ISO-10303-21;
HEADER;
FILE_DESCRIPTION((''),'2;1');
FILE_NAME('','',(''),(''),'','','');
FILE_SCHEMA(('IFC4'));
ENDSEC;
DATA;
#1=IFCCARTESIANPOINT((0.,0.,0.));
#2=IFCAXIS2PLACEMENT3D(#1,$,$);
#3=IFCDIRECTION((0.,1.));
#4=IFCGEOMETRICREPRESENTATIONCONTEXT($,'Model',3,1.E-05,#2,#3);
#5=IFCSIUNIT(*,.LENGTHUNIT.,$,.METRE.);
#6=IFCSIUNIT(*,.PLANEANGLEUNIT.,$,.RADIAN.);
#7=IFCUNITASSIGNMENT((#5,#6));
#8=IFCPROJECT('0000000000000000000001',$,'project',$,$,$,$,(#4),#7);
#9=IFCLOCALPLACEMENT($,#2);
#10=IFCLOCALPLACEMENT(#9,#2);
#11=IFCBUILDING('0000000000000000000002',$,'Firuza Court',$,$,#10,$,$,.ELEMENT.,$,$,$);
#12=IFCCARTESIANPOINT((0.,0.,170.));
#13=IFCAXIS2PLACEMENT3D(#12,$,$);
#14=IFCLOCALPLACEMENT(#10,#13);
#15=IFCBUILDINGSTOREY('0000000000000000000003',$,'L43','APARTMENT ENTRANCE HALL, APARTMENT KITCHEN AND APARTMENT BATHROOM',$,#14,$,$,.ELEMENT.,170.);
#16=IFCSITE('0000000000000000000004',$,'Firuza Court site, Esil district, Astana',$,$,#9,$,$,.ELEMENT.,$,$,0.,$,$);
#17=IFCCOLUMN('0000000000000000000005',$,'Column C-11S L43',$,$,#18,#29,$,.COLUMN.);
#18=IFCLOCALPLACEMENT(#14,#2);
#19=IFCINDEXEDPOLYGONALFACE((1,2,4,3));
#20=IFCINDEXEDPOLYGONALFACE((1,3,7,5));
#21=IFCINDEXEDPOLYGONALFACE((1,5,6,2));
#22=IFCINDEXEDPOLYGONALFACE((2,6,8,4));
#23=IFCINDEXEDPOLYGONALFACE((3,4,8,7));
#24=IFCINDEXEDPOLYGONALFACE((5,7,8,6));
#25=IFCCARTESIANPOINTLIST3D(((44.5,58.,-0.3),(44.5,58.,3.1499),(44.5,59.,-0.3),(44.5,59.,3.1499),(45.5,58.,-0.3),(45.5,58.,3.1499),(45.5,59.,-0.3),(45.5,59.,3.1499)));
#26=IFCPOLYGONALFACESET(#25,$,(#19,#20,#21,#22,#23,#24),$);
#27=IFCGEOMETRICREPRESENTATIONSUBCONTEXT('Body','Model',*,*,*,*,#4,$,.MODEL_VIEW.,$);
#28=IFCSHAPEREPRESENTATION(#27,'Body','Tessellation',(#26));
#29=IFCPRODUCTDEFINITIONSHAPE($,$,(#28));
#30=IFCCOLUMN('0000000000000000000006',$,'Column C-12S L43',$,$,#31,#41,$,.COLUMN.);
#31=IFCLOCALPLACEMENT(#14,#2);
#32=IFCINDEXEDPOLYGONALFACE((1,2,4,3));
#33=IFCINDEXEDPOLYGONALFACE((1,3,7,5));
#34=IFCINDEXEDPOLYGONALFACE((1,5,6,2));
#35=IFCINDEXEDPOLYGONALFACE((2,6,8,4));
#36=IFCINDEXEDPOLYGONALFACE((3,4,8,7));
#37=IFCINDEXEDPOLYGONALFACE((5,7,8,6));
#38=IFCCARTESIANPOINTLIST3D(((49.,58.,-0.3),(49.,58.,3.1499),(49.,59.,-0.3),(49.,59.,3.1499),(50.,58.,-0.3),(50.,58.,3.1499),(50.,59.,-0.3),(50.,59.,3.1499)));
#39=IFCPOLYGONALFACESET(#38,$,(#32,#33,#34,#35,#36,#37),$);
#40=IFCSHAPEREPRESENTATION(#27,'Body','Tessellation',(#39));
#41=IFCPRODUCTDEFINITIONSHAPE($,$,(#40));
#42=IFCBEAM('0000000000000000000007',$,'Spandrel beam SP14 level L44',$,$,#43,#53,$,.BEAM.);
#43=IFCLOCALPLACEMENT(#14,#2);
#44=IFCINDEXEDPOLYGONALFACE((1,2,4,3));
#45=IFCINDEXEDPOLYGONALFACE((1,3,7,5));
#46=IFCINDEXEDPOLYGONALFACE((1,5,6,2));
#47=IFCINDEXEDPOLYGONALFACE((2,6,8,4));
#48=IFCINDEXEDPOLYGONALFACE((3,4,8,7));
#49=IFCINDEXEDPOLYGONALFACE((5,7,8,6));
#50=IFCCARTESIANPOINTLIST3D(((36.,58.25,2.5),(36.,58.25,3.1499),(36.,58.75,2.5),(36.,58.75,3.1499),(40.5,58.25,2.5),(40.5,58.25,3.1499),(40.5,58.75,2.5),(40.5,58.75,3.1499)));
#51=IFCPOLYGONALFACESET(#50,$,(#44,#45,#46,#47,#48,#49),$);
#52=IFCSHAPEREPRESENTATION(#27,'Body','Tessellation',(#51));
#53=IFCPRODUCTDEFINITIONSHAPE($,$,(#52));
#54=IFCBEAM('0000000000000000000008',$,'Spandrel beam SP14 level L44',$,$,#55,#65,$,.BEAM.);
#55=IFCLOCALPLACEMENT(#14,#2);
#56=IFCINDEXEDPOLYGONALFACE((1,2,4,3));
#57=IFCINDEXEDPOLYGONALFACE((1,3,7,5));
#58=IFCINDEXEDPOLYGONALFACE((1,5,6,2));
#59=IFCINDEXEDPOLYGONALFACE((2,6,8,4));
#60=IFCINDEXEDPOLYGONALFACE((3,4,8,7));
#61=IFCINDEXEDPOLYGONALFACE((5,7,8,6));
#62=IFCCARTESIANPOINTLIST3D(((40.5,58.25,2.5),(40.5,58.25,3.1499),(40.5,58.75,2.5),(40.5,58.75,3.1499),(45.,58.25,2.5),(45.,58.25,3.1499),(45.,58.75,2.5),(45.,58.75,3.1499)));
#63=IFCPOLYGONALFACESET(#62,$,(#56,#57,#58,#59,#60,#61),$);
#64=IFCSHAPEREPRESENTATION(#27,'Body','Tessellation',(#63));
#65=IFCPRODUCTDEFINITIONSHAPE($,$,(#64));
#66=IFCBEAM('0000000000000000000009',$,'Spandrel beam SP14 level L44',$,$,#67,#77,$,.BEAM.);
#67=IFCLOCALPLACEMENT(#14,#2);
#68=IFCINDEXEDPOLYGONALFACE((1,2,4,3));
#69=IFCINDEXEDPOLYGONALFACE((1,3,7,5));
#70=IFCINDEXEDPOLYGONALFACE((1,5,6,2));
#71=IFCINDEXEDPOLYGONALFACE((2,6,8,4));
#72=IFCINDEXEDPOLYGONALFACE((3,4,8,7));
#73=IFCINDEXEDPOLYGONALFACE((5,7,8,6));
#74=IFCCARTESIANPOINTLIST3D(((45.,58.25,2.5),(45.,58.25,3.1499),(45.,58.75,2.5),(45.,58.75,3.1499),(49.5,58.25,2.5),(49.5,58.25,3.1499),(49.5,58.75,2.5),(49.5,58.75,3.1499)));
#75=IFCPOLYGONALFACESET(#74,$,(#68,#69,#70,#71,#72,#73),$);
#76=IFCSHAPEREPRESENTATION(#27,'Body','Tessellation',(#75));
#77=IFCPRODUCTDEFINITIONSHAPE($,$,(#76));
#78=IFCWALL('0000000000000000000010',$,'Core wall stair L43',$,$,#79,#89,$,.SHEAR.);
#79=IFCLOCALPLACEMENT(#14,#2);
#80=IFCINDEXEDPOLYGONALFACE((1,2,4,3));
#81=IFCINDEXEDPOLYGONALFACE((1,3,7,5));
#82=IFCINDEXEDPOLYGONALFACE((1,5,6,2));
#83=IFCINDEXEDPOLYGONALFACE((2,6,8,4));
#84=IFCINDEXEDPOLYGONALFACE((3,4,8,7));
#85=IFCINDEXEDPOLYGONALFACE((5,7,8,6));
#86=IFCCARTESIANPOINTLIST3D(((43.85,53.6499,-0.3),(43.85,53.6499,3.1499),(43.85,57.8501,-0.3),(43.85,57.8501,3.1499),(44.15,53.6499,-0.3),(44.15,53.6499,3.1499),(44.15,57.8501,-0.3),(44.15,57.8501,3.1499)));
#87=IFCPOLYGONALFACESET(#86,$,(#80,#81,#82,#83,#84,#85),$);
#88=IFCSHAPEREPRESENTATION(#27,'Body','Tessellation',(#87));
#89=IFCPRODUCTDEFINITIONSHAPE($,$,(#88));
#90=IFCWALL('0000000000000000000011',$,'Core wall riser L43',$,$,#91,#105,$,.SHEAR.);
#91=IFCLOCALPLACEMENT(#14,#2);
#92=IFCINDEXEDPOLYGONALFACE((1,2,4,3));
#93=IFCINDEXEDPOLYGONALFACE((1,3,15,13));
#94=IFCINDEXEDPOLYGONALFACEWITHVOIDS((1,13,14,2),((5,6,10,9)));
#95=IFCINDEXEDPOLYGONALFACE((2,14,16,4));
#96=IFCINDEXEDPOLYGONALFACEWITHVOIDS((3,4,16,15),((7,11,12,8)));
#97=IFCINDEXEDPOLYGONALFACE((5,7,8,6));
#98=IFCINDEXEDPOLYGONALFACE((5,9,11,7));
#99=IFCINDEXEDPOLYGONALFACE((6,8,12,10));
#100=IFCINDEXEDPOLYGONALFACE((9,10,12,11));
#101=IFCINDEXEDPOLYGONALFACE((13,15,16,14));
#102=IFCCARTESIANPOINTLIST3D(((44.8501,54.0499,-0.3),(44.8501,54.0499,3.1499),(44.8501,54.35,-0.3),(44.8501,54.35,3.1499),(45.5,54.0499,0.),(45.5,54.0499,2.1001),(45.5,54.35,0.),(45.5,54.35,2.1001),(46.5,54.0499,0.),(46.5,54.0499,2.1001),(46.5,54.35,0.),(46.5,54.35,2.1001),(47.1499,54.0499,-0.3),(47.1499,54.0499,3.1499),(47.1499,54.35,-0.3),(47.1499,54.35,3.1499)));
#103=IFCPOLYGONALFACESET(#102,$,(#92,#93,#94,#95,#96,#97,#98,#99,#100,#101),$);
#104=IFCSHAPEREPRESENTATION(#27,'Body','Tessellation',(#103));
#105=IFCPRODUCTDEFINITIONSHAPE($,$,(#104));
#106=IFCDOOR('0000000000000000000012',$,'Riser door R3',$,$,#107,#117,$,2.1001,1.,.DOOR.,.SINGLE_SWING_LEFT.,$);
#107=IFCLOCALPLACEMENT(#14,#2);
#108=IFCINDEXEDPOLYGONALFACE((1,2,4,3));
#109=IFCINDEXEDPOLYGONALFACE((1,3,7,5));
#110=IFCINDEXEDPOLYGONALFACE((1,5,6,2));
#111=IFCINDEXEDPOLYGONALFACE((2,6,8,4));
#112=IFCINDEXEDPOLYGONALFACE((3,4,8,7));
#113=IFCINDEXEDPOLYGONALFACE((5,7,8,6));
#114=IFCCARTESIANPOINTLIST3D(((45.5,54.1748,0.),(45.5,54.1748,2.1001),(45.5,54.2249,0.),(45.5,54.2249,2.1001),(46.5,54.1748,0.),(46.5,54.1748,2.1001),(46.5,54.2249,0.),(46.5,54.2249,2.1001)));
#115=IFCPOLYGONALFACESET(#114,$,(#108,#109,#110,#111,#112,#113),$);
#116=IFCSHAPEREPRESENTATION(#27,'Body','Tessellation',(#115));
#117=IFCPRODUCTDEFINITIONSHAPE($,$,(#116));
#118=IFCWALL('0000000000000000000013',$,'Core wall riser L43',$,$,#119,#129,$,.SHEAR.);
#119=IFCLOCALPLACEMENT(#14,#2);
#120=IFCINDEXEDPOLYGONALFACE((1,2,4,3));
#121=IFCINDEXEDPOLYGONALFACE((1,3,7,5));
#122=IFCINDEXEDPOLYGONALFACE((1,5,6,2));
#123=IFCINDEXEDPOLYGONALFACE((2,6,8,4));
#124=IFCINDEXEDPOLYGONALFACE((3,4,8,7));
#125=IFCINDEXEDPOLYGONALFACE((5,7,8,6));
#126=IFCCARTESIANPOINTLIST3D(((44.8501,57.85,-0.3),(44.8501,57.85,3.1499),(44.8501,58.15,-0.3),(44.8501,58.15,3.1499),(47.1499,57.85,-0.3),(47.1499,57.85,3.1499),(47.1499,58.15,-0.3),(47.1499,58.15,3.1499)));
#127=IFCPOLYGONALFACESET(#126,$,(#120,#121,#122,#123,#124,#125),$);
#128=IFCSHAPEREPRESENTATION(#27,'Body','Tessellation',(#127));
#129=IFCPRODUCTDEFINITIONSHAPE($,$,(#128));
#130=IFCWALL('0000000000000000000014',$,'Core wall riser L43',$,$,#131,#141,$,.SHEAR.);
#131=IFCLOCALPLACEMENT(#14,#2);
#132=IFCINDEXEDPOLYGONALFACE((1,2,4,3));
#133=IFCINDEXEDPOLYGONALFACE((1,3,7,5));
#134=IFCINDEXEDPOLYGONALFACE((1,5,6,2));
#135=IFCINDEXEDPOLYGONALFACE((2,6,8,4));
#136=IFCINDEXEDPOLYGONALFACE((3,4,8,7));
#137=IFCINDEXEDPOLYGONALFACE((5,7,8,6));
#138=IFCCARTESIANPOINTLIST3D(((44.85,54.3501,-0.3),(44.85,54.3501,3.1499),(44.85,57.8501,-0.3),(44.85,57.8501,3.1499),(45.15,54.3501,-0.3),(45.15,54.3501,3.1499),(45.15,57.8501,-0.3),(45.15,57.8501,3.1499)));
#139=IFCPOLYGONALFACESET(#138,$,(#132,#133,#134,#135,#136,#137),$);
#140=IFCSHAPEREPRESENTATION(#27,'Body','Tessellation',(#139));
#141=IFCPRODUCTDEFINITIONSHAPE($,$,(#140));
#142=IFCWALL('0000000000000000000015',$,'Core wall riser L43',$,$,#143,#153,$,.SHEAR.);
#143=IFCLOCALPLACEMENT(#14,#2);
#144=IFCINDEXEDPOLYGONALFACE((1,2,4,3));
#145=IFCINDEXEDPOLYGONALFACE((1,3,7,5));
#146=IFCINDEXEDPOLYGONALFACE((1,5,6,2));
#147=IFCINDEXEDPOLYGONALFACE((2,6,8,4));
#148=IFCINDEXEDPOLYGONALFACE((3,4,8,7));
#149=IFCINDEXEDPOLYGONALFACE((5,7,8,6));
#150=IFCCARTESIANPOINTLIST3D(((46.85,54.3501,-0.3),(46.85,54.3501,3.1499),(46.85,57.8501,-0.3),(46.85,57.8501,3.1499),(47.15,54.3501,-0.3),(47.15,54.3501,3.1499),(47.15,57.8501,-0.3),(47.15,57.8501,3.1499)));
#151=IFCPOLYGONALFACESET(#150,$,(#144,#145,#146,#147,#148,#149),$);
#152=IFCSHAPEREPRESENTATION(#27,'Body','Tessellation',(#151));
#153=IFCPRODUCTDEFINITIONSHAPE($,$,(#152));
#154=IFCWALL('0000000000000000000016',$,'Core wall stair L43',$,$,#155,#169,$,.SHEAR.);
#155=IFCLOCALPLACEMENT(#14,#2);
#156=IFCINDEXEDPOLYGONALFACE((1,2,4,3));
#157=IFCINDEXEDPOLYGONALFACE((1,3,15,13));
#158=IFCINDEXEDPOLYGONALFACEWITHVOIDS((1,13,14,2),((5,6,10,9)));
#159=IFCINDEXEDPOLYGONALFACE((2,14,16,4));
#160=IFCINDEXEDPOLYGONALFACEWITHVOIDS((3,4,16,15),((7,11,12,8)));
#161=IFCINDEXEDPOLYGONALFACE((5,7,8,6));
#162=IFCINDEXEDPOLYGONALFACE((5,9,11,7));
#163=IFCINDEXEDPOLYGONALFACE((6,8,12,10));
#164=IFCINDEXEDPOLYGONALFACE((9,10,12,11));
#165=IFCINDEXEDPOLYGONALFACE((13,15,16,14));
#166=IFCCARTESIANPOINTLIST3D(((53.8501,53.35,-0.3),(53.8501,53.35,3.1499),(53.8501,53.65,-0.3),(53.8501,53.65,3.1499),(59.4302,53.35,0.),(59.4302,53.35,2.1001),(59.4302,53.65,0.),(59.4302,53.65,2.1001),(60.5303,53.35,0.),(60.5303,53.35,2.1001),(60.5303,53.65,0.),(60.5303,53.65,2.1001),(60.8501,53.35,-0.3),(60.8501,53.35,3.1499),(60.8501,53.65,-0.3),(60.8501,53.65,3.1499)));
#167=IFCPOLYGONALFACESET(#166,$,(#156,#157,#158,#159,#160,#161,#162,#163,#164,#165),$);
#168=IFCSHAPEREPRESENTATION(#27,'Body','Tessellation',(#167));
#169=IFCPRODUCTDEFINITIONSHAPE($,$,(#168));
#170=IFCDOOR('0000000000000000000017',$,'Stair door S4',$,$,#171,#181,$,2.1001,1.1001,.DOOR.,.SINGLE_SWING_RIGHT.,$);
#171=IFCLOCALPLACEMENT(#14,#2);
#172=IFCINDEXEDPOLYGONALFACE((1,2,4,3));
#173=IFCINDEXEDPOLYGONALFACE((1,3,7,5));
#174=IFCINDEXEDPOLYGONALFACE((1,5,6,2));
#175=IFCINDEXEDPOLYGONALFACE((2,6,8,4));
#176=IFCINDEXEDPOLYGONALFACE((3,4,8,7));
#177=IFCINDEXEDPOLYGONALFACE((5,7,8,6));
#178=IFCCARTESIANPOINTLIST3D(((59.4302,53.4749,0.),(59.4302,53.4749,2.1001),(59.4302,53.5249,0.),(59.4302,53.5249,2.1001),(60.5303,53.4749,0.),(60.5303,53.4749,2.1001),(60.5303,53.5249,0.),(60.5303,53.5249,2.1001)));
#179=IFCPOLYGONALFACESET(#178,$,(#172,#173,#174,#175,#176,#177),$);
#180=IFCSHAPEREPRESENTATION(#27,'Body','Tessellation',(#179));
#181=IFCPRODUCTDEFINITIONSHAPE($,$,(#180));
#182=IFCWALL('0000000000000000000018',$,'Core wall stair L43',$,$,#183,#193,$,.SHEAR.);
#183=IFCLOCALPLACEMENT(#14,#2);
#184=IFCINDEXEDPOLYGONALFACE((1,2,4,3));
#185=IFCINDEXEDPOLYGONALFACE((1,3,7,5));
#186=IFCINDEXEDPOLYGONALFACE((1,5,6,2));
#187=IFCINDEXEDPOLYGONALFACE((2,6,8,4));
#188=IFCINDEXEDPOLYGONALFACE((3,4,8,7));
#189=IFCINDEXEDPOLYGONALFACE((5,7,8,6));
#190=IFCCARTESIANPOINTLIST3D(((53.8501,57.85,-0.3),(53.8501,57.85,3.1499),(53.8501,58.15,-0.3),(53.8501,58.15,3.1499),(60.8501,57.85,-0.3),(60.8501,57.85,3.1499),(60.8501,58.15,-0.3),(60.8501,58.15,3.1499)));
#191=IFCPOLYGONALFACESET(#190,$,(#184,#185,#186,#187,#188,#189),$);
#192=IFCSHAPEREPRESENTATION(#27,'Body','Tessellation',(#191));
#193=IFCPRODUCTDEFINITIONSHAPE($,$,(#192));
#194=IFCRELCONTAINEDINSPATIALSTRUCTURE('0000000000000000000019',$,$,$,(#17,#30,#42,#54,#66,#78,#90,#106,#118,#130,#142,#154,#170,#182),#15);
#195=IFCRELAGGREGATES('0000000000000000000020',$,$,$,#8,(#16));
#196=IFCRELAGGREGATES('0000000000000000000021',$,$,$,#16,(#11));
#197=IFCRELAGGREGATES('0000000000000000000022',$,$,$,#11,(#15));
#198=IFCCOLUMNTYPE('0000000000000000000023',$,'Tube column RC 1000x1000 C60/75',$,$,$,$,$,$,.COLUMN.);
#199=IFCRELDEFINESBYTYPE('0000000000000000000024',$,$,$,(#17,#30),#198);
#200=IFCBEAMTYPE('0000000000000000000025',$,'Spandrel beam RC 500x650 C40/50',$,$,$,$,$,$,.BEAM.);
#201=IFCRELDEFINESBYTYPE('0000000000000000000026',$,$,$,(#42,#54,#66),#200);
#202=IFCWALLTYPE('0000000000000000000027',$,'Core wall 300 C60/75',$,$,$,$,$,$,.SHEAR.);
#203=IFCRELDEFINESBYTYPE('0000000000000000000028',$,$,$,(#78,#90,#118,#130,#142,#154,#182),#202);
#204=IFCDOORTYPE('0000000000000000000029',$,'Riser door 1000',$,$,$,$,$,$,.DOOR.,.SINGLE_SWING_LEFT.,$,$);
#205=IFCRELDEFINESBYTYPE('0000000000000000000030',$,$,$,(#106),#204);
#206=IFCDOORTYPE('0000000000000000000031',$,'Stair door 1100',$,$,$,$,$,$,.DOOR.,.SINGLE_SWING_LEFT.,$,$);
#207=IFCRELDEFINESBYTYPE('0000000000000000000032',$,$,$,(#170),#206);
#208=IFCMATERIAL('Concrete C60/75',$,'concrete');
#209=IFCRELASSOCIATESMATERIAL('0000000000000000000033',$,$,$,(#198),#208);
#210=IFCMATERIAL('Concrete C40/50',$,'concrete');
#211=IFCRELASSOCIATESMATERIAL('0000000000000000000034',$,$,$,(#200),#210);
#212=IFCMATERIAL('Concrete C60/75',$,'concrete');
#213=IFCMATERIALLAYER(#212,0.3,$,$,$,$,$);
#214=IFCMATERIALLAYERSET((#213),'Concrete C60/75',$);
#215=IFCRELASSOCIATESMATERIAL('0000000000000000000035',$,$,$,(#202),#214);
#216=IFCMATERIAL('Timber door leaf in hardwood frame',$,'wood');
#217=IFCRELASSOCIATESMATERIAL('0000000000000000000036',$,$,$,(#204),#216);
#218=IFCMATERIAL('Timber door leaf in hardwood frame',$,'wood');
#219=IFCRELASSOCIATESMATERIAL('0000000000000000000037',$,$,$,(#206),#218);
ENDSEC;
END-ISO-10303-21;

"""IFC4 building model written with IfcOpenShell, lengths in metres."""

from ifc_helpers import new_model, si_unit, direction, frame, frame_2d, origin, origin_2d, place, context, subcontext, project, spatial, rectangle, extrude, material, layer, layer_set, material_profile, profile_set, type_object, element, fill, save


model = new_model("IFC4")

# Units and contexts
model_context = context("Model", 3, precision=1e-05, world=origin(), true_north=direction((0.0, 1.0)))
body_context = subcontext(model_context, "Body", "Model", "MODEL_VIEW")
ifc_project = project(units=[si_unit("LENGTHUNIT", "METRE"), si_unit("PLANEANGLEUNIT", "RADIAN")], contexts=[model_context])

# Site, building, storey
site_placement = place(None, origin())
site = spatial("IfcSite", under=ifc_project, at=site_placement, Name="Firuza Court site, Esil district, Astana", CompositionType="ELEMENT", RefElevation=0.0)
building_placement = place(site_placement, origin())
building = spatial("IfcBuilding", under=site, at=building_placement, Name="Firuza Court", CompositionType="ELEMENT")
storey_placement = place(building_placement, frame((0.0, 0.0, 170.0)))
storey = spatial("IfcBuildingStorey", under=building, at=storey_placement, Name="L43", Description="APARTMENT ENTRANCE HALL, APARTMENT KITCHEN AND APARTMENT BATHROOM", CompositionType="ELEMENT", Elevation=170.0)

# Columns
ifc_material_1 = material(Name="Concrete C60/75", Category="concrete")
ifc_material_profile_1 = material_profile(ifc_material_1, rectangle(XDim=1.0, YDim=1.0, at=origin_2d()), Name="RC 1000x1000")
ifc_profile_set_1 = profile_set([ifc_material_profile_1], Name="Concrete C60/75")
column_type = type_object("IfcColumnType", Name="Tube column RC 1000x1000 C60/75", PredefinedType="COLUMN", material=ifc_profile_set_1)
for number, where, z_axis, x_axis, name in (
    (1, (45.0, 58.5, -0.3), (0.0, 0.0, 1.0), (1.0, 0.0, 0.0), "Column C-11S L43"),
    (2, (49.5, 58.5, -0.3), (0.0, 0.0, 1.0), (1.0, 0.0, 0.0), "Column C-12S L43"),
):
    element("IfcColumn", number, at=place(storey_placement, frame(where, z_axis=z_axis, x_axis=x_axis)), inside=storey, type_object=column_type, Name=name, PredefinedType="COLUMN", context=body_context, shape_type="SweptSolid", body=[
        extrude(rectangle(XDim=1.0, YDim=1.0, at=origin_2d()), origin(), (0.0, 0.0, 1.0), 3.45),
    ])

# Beams
ifc_material_2 = material(Name="Concrete C40/50", Category="concrete")
ifc_material_profile_2 = material_profile(ifc_material_2, rectangle(XDim=0.5, YDim=0.6499, at=origin_2d()), Name="RC 500x650")
ifc_profile_set_2 = profile_set([ifc_material_profile_2], Name="Concrete C40/50")
beam_type = type_object("IfcBeamType", Name="Spandrel beam RC 500x650 C40/50", PredefinedType="BEAM", material=ifc_profile_set_2)
for number, where, z_axis, x_axis, name in (
    (3, (40.5, 58.5, 2.825), (-1.0, 0.0, 0.0), (0.0, -1.0, 0.0), "Spandrel beam SP14 level L44"),
    (4, (45.0, 58.5, 2.825), (-1.0, 0.0, 0.0), (0.0, -1.0, 0.0), "Spandrel beam SP14 level L44"),
    (5, (49.5, 58.5, 2.825), (-1.0, 0.0, 0.0), (0.0, -1.0, 0.0), "Spandrel beam SP14 level L44"),
):
    element("IfcBeam", number, at=place(storey_placement, frame(where, z_axis=z_axis, x_axis=x_axis)), inside=storey, type_object=beam_type, Name=name, PredefinedType="BEAM", context=body_context, shape_type="SweptSolid", body=[
        extrude(rectangle(XDim=0.5, YDim=0.6499, at=origin_2d()), origin(), (0.0, 0.0, 1.0), 4.5),
    ])

# Wall
ifc_material_3 = material(Name="Concrete C60/75", Category="concrete")
ifc_layer_1 = layer(ifc_material_3, 0.3)
ifc_layer_set_1 = layer_set([ifc_layer_1], Name="Concrete C60/75")
wall_type_1 = type_object("IfcWallType", Name="Core wall 300 C60/75", PredefinedType="SHEAR", material=ifc_layer_set_1)
wall_1_placement = place(storey_placement, frame((44.0, 53.6499, -0.3), z_axis=(0.0, 0.0, 1.0), x_axis=(0.0, 1.0, 0.0)))
element("IfcWall", 6, at=wall_1_placement, inside=storey, type_object=wall_type_1, Name="Core wall stair L43", PredefinedType="SHEAR", context=body_context, shape_type="SweptSolid", body=[
    extrude(rectangle(XDim=4.2002, YDim=0.3, at=frame_2d((2.1001, 0.0))), origin(), (0.0, 0.0, 1.0), 3.45),
])

# Wall, opening, door
wall_2_placement = place(storey_placement, frame((44.8501, 54.2, -0.3), z_axis=(0.0, 0.0, 1.0), x_axis=(1.0, 0.0, 0.0)))
wall_2 = element("IfcWall", 7, at=wall_2_placement, inside=storey, type_object=wall_type_1, Name="Core wall riser L43", PredefinedType="SHEAR", context=body_context, shape_type="SweptSolid", body=[
    extrude(rectangle(XDim=2.2998, YDim=0.3, at=frame_2d((1.1499, 0.0))), origin(), (0.0, 0.0, 1.0), 3.45),
])
opening_1_placement = place(wall_2_placement, frame((0.6499, 0.0, 0.3)))
opening_1 = element("IfcOpeningElement", 8, at=opening_1_placement, cuts=wall_2, PredefinedType="OPENING", context=body_context, shape_type="SweptSolid", body=[
    extrude(rectangle(XDim=1.0, YDim=2.1001, at=frame_2d((0.5, 1.05))), frame((0.0, 0.1621, 0.0), z_axis=(0.0, -1.0, 0.0), x_axis=(1.0, 0.0, 0.0)), (0.0, 0.0, 1.0), 0.324),
])
ifc_material_4 = material(Name="Timber door leaf in hardwood frame", Category="wood")
door_type_1 = type_object("IfcDoorType", Name="Riser door 1000", OperationType="SINGLE_SWING_LEFT", PredefinedType="DOOR", material=ifc_material_4)
door_1_placement = place(opening_1_placement, origin())
door_1 = element("IfcDoor", 9, at=door_1_placement, inside=storey, type_object=door_type_1, Name="Riser door R3", OperationType="SINGLE_SWING_LEFT", OverallHeight=2.1001, OverallWidth=1.0, PredefinedType="DOOR", context=body_context, shape_type="SweptSolid", body=[
    extrude(rectangle(XDim=1.0, YDim=2.1001, at=frame_2d((0.5, 1.05))), frame((0.0, 0.0249, 0.0), z_axis=(0.0, -1.0, 0.0), x_axis=(1.0, 0.0, 0.0)), (0.0, 0.0, 1.0), 0.05),
])
fill(opening_1, door_1)

# Walls
wall_3_placement = place(storey_placement, frame((44.8501, 58.0, -0.3), z_axis=(0.0, 0.0, 1.0), x_axis=(1.0, 0.0, 0.0)))
element("IfcWall", 10, at=wall_3_placement, inside=storey, type_object=wall_type_1, Name="Core wall riser L43", PredefinedType="SHEAR", context=body_context, shape_type="SweptSolid", body=[
    extrude(rectangle(XDim=2.2998, YDim=0.3, at=frame_2d((1.1499, 0.0))), origin(), (0.0, 0.0, 1.0), 3.45),
])
for number, where, z_axis, x_axis, name in (
    (11, (45.0, 54.3501, -0.3), (0.0, 0.0, 1.0), (0.0, 1.0, 0.0), "Core wall riser L43"),
    (12, (47.0, 54.3501, -0.3), (0.0, 0.0, 1.0), (0.0, 1.0, 0.0), "Core wall riser L43"),
):
    element("IfcWall", number, at=place(storey_placement, frame(where, z_axis=z_axis, x_axis=x_axis)), inside=storey, type_object=wall_type_1, Name=name, PredefinedType="SHEAR", context=body_context, shape_type="SweptSolid", body=[
        extrude(rectangle(XDim=3.5, YDim=0.3, at=frame_2d((1.75, 0.0))), origin(), (0.0, 0.0, 1.0), 3.45),
    ])

# Wall, opening, door
wall_4_placement = place(storey_placement, frame((53.8501, 53.5, -0.3), z_axis=(0.0, 0.0, 1.0), x_axis=(1.0, 0.0, 0.0)))
wall_4 = element("IfcWall", 13, at=wall_4_placement, inside=storey, type_object=wall_type_1, Name="Core wall stair L43", PredefinedType="SHEAR", context=body_context, shape_type="SweptSolid", body=[
    extrude(rectangle(XDim=7.0, YDim=0.3, at=frame_2d((3.5, 0.0))), origin(), (0.0, 0.0, 1.0), 3.45),
])
opening_2_placement = place(wall_4_placement, frame((5.5801, 0.0, 0.3)))
opening_2 = element("IfcOpeningElement", 14, at=opening_2_placement, cuts=wall_4, PredefinedType="OPENING", context=body_context, shape_type="SweptSolid", body=[
    extrude(rectangle(XDim=1.1001, YDim=2.1001, at=frame_2d((0.55, 1.05))), frame((0.0, 0.1621, 0.0), z_axis=(0.0, -1.0, 0.0), x_axis=(1.0, 0.0, 0.0)), (0.0, 0.0, 1.0), 0.324),
])
ifc_material_5 = material(Name="Timber door leaf in hardwood frame", Category="wood")
door_type_2 = type_object("IfcDoorType", Name="Stair door 1100", OperationType="SINGLE_SWING_LEFT", PredefinedType="DOOR", material=ifc_material_5)
door_2_placement = place(opening_2_placement, origin())
door_2 = element("IfcDoor", 15, at=door_2_placement, inside=storey, type_object=door_type_2, Name="Stair door S4", OperationType="SINGLE_SWING_RIGHT", OverallHeight=2.1001, OverallWidth=1.1001, PredefinedType="DOOR", context=body_context, shape_type="SweptSolid", body=[
    extrude(rectangle(XDim=1.1001, YDim=2.1001, at=frame_2d((0.55, 1.05))), frame((0.0, 0.0249, 0.0), z_axis=(0.0, -1.0, 0.0), x_axis=(1.0, 0.0, 0.0)), (0.0, 0.0, 1.0), 0.05),
])
fill(opening_2, door_2)

# Wall
wall_5_placement = place(storey_placement, frame((53.8501, 58.0, -0.3), z_axis=(0.0, 0.0, 1.0), x_axis=(1.0, 0.0, 0.0)))
element("IfcWall", 16, at=wall_5_placement, inside=storey, type_object=wall_type_1, Name="Core wall stair L43", PredefinedType="SHEAR", context=body_context, shape_type="SweptSolid", body=[
    extrude(rectangle(XDim=7.0, YDim=0.3, at=frame_2d((3.5, 0.0))), origin(), (0.0, 0.0, 1.0), 3.45),
])

save(model, "model.ifc")
